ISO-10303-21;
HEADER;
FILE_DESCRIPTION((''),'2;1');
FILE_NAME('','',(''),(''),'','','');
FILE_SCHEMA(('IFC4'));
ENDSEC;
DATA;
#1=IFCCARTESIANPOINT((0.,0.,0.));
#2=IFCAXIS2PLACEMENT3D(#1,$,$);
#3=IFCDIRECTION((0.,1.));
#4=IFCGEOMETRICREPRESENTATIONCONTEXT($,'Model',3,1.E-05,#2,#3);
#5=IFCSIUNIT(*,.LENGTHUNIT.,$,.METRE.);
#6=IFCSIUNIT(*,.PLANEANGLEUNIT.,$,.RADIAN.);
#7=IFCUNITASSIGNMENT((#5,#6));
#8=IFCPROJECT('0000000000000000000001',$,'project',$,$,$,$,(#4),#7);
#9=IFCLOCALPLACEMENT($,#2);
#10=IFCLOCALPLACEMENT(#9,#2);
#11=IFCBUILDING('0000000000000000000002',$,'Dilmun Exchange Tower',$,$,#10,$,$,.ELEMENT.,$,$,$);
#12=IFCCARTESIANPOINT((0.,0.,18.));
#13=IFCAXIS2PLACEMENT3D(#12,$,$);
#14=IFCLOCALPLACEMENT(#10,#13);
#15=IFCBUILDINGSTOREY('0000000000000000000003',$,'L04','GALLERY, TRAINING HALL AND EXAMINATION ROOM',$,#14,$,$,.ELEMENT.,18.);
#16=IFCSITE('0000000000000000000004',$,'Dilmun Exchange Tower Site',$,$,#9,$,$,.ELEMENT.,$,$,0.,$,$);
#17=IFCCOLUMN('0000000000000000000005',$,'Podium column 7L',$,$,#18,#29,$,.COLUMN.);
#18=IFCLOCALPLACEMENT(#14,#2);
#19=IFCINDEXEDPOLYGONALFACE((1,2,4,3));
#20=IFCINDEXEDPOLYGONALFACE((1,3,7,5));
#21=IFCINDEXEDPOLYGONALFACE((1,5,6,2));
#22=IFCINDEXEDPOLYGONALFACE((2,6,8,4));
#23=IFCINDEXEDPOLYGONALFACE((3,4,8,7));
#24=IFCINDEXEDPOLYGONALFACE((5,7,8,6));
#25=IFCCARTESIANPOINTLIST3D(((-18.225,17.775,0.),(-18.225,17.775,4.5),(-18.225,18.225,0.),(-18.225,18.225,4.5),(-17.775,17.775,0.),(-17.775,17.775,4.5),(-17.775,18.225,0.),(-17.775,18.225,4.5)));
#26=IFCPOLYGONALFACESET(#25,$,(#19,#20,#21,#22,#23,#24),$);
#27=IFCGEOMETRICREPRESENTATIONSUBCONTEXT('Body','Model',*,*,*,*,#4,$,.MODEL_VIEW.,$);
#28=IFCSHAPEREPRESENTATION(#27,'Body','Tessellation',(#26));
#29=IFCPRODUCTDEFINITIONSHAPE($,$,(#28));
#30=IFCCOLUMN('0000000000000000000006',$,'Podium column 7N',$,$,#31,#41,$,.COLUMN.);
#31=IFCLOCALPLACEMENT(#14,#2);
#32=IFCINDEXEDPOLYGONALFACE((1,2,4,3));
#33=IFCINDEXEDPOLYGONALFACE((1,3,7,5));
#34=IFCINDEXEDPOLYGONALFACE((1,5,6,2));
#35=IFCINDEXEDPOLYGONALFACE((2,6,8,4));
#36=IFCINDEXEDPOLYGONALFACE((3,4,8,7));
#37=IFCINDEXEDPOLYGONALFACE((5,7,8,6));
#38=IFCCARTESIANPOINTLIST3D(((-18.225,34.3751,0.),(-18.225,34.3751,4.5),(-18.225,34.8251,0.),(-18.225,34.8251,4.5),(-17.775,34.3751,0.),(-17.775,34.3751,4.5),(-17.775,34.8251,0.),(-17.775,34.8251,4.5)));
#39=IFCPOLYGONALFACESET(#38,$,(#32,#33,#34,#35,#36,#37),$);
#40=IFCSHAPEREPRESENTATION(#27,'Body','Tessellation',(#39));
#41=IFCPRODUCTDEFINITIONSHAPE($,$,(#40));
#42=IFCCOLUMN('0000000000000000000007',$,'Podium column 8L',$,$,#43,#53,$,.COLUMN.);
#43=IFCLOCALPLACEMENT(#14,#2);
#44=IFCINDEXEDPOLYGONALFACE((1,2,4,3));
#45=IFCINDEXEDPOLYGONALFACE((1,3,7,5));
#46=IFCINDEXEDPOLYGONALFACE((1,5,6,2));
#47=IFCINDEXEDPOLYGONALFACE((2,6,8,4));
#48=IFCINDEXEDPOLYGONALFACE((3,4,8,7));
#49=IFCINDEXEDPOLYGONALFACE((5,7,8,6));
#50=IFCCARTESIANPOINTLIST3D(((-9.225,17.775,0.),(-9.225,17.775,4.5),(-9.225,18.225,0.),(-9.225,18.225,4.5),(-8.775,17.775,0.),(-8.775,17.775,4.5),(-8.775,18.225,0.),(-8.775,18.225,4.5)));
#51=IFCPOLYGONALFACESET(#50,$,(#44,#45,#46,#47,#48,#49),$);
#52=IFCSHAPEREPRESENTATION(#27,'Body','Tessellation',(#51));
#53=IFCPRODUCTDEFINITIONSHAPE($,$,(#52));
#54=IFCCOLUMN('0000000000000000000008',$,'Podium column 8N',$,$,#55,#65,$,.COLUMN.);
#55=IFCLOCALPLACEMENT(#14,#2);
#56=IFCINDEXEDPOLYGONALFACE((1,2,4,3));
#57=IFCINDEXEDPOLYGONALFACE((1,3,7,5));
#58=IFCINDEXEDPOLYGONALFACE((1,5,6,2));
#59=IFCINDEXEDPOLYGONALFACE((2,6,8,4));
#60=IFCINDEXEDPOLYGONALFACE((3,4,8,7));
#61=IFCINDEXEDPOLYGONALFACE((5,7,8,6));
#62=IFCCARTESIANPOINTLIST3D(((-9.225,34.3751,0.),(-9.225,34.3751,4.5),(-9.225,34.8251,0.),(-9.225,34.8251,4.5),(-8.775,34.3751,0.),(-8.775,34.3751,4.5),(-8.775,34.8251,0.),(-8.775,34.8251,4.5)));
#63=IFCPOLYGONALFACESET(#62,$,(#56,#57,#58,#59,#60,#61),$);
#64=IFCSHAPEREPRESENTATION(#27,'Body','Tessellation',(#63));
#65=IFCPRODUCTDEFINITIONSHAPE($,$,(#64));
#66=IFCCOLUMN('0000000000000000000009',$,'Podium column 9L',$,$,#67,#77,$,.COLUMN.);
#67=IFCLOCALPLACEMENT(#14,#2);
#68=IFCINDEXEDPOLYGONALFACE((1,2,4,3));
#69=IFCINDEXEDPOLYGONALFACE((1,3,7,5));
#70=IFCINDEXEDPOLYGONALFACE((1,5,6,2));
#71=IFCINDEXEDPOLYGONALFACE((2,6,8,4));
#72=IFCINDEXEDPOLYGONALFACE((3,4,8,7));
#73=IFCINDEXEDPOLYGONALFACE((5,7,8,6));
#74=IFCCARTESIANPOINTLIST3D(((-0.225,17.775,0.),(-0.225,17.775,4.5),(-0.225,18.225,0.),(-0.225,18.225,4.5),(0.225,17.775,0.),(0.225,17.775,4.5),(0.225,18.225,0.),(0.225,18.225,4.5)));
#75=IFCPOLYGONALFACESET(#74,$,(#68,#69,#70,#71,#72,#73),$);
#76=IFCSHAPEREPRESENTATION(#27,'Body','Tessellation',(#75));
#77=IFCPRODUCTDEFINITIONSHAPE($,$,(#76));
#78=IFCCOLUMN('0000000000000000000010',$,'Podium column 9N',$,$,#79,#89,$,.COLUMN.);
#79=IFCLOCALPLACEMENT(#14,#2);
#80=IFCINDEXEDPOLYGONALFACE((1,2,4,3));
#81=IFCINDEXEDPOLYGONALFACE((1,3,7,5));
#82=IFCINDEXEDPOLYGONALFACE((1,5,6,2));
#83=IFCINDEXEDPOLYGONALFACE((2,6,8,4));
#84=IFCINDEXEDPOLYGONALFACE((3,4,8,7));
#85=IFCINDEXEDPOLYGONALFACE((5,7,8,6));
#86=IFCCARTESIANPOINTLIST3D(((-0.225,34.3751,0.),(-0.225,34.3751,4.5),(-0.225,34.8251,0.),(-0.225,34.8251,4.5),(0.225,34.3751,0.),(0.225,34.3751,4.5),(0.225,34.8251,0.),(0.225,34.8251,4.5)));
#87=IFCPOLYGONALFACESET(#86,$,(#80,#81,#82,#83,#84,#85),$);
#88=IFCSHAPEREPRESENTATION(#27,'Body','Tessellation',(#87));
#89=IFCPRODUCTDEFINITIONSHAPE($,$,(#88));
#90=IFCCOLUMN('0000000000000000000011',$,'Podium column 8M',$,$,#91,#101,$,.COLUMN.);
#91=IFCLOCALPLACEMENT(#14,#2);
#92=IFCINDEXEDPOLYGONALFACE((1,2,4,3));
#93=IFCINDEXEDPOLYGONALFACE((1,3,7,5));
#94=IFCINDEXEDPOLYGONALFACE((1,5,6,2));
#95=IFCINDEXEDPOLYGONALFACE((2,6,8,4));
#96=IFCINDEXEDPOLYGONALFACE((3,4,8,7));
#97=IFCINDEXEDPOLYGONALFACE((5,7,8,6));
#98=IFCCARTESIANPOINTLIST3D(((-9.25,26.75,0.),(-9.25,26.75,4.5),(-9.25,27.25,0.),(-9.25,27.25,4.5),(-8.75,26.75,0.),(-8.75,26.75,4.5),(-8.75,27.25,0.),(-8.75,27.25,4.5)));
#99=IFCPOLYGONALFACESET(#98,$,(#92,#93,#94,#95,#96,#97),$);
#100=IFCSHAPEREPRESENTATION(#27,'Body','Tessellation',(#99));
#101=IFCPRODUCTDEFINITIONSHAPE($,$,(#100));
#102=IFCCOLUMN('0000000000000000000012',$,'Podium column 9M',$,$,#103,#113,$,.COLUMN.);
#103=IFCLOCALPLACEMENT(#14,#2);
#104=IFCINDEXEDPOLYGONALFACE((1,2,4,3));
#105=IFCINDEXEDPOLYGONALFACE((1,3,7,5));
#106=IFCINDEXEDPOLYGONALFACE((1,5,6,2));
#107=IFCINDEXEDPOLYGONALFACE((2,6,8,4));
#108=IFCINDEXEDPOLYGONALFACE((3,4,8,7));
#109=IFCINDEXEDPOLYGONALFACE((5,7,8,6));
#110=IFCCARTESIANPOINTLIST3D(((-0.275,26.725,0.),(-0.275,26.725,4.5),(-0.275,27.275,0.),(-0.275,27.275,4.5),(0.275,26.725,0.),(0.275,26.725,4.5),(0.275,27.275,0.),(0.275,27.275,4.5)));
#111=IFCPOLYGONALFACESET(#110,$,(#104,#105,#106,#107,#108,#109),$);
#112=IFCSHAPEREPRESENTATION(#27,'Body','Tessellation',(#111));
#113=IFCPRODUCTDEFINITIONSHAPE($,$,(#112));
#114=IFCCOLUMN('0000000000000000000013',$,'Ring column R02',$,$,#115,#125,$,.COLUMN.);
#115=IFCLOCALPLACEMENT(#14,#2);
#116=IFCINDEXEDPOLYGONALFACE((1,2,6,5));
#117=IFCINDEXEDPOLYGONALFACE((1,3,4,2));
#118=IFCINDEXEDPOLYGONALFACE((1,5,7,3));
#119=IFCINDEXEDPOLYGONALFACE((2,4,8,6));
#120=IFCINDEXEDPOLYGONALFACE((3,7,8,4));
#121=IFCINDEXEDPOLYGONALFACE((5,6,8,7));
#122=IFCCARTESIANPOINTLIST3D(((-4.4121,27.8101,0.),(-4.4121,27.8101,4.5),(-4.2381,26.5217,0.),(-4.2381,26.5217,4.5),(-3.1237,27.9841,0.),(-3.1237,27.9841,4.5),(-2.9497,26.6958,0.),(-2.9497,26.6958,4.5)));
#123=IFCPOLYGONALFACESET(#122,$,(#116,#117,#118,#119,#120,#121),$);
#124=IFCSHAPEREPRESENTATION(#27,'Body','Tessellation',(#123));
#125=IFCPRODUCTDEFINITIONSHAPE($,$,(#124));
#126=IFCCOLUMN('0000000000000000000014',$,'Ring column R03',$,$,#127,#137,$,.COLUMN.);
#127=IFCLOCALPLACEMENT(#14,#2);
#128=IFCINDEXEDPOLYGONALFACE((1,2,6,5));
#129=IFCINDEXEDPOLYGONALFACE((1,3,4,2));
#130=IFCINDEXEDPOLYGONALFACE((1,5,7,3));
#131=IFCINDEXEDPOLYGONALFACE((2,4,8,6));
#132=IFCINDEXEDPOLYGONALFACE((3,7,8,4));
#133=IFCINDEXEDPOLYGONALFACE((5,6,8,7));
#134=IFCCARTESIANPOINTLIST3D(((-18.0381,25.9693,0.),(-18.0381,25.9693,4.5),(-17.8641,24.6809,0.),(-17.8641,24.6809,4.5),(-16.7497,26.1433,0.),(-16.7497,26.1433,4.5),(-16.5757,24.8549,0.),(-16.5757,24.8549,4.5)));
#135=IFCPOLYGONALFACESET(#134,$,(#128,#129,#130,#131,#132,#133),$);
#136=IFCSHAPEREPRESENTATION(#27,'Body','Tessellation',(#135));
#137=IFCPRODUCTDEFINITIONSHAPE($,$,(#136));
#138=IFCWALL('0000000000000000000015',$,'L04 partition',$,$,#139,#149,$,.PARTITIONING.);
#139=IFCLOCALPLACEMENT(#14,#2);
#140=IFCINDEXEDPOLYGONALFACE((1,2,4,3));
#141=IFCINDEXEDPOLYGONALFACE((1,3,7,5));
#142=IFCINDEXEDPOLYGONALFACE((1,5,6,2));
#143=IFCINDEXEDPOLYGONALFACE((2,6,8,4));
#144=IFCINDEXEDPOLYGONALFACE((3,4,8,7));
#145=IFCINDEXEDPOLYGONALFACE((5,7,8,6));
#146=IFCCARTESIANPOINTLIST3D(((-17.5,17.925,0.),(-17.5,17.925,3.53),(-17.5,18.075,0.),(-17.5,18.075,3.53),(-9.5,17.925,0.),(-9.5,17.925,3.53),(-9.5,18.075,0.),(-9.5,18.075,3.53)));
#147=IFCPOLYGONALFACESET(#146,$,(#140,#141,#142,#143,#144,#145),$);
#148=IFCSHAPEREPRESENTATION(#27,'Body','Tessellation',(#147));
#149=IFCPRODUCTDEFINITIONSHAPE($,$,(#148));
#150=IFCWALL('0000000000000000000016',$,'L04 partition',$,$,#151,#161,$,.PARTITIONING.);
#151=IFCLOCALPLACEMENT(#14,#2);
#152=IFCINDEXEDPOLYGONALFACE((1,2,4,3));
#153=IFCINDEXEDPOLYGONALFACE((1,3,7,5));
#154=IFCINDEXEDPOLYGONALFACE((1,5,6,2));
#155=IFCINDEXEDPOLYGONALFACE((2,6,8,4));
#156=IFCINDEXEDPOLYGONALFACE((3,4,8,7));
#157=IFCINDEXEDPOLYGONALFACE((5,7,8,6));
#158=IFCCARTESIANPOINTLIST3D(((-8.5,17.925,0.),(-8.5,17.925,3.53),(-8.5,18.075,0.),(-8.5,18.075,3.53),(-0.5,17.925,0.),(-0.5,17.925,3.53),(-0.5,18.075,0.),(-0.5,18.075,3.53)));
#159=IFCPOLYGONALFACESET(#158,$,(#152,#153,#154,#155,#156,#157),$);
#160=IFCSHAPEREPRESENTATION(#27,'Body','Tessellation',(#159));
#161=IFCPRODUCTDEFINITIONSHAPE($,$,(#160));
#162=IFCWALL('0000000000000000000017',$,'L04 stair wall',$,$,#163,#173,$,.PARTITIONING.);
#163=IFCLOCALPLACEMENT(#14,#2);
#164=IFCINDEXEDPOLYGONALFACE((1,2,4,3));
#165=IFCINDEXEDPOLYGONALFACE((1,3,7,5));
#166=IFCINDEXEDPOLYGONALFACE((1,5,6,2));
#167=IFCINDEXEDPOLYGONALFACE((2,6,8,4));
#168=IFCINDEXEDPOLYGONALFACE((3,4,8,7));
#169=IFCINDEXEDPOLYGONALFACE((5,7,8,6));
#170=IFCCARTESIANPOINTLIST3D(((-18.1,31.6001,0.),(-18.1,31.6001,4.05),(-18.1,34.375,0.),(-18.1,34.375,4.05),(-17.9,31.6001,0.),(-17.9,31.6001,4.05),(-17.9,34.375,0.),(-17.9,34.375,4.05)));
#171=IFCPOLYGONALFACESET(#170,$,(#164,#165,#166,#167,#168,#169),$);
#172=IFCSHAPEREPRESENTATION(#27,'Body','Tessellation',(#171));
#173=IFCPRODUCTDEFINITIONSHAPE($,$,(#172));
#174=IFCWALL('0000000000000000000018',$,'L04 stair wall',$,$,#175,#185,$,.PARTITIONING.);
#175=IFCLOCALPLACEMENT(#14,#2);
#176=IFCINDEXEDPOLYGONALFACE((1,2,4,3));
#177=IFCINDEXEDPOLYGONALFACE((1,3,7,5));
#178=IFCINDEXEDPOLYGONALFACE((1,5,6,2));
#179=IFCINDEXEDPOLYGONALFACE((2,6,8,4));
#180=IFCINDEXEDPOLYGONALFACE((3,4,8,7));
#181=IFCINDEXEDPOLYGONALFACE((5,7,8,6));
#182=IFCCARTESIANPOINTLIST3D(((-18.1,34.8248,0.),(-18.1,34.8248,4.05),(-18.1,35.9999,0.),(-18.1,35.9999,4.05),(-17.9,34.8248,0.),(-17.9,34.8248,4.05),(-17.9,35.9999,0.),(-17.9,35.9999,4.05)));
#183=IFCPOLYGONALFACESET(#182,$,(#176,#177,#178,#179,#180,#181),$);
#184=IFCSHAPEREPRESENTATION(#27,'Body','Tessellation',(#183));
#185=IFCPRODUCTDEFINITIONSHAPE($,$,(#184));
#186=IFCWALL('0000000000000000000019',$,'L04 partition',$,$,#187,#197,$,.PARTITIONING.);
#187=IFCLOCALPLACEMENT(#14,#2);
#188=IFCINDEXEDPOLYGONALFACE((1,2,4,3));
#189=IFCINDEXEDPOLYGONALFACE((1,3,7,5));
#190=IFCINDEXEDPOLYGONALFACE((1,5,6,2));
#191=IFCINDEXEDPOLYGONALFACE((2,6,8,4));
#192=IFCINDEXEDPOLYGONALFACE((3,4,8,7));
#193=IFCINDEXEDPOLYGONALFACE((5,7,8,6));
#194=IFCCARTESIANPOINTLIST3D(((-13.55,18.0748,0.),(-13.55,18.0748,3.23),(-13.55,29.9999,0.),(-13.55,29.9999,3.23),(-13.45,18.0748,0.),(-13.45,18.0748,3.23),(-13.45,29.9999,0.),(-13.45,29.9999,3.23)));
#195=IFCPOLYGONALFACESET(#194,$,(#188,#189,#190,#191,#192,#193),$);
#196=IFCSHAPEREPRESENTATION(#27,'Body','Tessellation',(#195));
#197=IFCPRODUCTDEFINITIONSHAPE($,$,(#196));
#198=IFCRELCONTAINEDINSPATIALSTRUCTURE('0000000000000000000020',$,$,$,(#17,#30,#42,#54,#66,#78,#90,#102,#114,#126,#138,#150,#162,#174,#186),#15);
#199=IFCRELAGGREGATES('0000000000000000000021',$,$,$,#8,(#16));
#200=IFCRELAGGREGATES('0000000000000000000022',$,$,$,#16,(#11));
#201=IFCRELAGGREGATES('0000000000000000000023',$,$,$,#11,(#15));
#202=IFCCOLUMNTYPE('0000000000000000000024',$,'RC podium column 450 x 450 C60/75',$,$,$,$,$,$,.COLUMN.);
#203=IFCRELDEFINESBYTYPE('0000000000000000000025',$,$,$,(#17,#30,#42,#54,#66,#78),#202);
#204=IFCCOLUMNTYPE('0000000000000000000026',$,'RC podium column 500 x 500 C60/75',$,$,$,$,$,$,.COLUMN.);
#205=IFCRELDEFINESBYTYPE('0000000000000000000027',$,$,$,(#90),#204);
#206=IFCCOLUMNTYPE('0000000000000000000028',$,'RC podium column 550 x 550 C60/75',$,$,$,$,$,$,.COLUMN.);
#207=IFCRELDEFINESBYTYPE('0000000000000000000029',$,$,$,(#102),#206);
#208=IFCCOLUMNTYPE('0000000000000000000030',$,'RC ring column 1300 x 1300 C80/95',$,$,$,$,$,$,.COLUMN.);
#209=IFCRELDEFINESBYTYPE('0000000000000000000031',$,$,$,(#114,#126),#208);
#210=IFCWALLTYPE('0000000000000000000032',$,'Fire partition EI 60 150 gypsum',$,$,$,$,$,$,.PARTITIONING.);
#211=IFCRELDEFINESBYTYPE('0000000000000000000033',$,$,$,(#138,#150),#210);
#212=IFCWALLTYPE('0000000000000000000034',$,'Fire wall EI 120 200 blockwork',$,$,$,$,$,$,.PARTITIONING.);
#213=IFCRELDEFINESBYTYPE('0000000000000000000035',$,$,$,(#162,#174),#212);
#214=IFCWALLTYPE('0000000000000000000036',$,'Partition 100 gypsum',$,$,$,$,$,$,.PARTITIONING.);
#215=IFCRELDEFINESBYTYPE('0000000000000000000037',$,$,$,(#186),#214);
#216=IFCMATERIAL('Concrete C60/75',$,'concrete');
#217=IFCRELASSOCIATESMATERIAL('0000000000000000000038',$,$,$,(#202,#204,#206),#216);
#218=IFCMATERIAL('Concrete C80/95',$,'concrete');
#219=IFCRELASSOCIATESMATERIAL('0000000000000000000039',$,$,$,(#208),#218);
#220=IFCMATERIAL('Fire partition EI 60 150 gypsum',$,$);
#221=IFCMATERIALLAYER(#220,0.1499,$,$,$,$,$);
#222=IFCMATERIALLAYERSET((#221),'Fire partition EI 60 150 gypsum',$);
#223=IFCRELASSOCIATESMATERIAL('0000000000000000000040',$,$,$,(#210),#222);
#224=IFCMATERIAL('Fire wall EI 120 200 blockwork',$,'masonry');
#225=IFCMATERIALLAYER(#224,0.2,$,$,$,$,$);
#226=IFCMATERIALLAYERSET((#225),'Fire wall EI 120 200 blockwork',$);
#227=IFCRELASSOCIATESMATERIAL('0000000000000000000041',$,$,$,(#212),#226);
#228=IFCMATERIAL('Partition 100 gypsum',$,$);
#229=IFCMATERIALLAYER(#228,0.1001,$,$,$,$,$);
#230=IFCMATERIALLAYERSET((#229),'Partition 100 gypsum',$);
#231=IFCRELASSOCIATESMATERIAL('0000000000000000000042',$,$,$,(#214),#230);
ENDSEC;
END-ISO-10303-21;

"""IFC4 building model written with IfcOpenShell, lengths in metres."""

from ifc_helpers import new_model, si_unit, direction, frame, frame_2d, origin, origin_2d, place, context, subcontext, project, spatial, rectangle, extrude, material, layer, layer_set, material_profile, profile_set, type_object, element, save


model = new_model("IFC4")

# Units and contexts
model_context = context("Model", 3, precision=1e-05, world=origin(), true_north=direction((0.0, 1.0)))
body_context = subcontext(model_context, "Body", "Model", "MODEL_VIEW")
ifc_project = project(units=[si_unit("LENGTHUNIT", "METRE"), si_unit("PLANEANGLEUNIT", "RADIAN")], contexts=[model_context])

# Site, building, storey
site_placement = place(None, origin())
site = spatial("IfcSite", under=ifc_project, at=site_placement, Name="Dilmun Exchange Tower Site", CompositionType="ELEMENT", RefElevation=0.0)
building_placement = place(site_placement, origin())
building = spatial("IfcBuilding", under=site, at=building_placement, Name="Dilmun Exchange Tower", CompositionType="ELEMENT")
storey_placement = place(building_placement, frame((0.0, 0.0, 18.0)))
storey = spatial("IfcBuildingStorey", under=building, at=storey_placement, Name="L04", Description="GALLERY, TRAINING HALL AND EXAMINATION ROOM", CompositionType="ELEMENT", Elevation=18.0)

# Columns
ifc_material_1 = material(Name="Concrete C60/75", Category="concrete")
ifc_material_profile_1 = material_profile(ifc_material_1, rectangle(XDim=0.45, YDim=0.45, at=origin_2d()), Name="450 x 450")
ifc_profile_set_1 = profile_set([ifc_material_profile_1], Name="Concrete C60/75")
column_type_1 = type_object("IfcColumnType", Name="RC podium column 450 x 450 C60/75", PredefinedType="COLUMN", material=ifc_profile_set_1)
for number, where, z_axis, x_axis, name in (
    (1, (-18.0, 18.0, 0.0), (0.0, 0.0, 1.0), (1.0, 0.0, 0.0), "Podium column 7L"),
    (2, (-18.0, 34.6001, 0.0), (0.0, 0.0, 1.0), (1.0, 0.0, 0.0), "Podium column 7N"),
    (3, (-9.0, 18.0, 0.0), (0.0, 0.0, 1.0), (1.0, 0.0, 0.0), "Podium column 8L"),
    (4, (-9.0, 34.6001, 0.0), (0.0, 0.0, 1.0), (1.0, 0.0, 0.0), "Podium column 8N"),
    (5, (0.0, 18.0, 0.0), (0.0, 0.0, 1.0), (1.0, 0.0, 0.0), "Podium column 9L"),
    (6, (0.0, 34.6001, 0.0), (0.0, 0.0, 1.0), (1.0, 0.0, 0.0), "Podium column 9N"),
):
    element("IfcColumn", number, at=place(storey_placement, frame(where, z_axis=z_axis, x_axis=x_axis)), inside=storey, type_object=column_type_1, Name=name, PredefinedType="COLUMN", context=body_context, shape_type="SweptSolid", body=[
        extrude(rectangle(XDim=0.45, YDim=0.45, at=origin_2d()), origin(), (0.0, 0.0, 1.0), 4.5),
    ])
ifc_material_profile_2 = material_profile(ifc_material_1, rectangle(XDim=0.5, YDim=0.5, at=origin_2d()), Name="500 x 500")
ifc_profile_set_2 = profile_set([ifc_material_profile_2], Name="Concrete C60/75")
column_type_2 = type_object("IfcColumnType", Name="RC podium column 500 x 500 C60/75", PredefinedType="COLUMN", material=ifc_profile_set_2)
column_1_placement = place(storey_placement, frame((-9.0, 27.0, 0.0), z_axis=(0.0, 0.0, 1.0), x_axis=(1.0, 0.0, 0.0)))
element("IfcColumn", 7, at=column_1_placement, inside=storey, type_object=column_type_2, Name="Podium column 8M", PredefinedType="COLUMN", context=body_context, shape_type="SweptSolid", body=[
    extrude(rectangle(XDim=0.5, YDim=0.5, at=origin_2d()), origin(), (0.0, 0.0, 1.0), 4.5),
])
ifc_material_profile_3 = material_profile(ifc_material_1, rectangle(XDim=0.55, YDim=0.55, at=origin_2d()), Name="550 x 550")
ifc_profile_set_3 = profile_set([ifc_material_profile_3], Name="Concrete C60/75")
column_type_3 = type_object("IfcColumnType", Name="RC podium column 550 x 550 C60/75", PredefinedType="COLUMN", material=ifc_profile_set_3)
column_2_placement = place(storey_placement, frame((0.0, 27.0, 0.0), z_axis=(0.0, 0.0, 1.0), x_axis=(1.0, 0.0, 0.0)))
element("IfcColumn", 8, at=column_2_placement, inside=storey, type_object=column_type_3, Name="Podium column 9M", PredefinedType="COLUMN", context=body_context, shape_type="SweptSolid", body=[
    extrude(rectangle(XDim=0.55, YDim=0.55, at=origin_2d()), origin(), (0.0, 0.0, 1.0), 4.5),
])
ifc_material_2 = material(Name="Concrete C80/95", Category="concrete")
ifc_material_profile_4 = material_profile(ifc_material_2, rectangle(XDim=1.3, YDim=1.3, at=origin_2d()), Name="1300 x 1300")
ifc_profile_set_4 = profile_set([ifc_material_profile_4], Name="Concrete C80/95")
column_type_4 = type_object("IfcColumnType", Name="RC ring column 1300 x 1300 C80/95", PredefinedType="COLUMN", material=ifc_profile_set_4)
for number, where, z_axis, x_axis, name in (
    (9, (-3.6809, 27.2529, 0.0), (0.0, 0.0, 1.0), (0.991001, 0.133853, 0.0), "Ring column R02"),
    (10, (-17.3069, 25.4121, 0.0), (0.0, 0.0, 1.0), (0.991001, 0.133853, 0.0), "Ring column R03"),
):
    element("IfcColumn", number, at=place(storey_placement, frame(where, z_axis=z_axis, x_axis=x_axis)), inside=storey, type_object=column_type_4, Name=name, PredefinedType="COLUMN", context=body_context, shape_type="SweptSolid", body=[
        extrude(rectangle(XDim=1.3, YDim=1.3, at=origin_2d()), origin(), (0.0, 0.0, 1.0), 4.5),
    ])

# Walls
ifc_material_3 = material(Name="Fire partition EI 60 150 gypsum")
ifc_layer_1 = layer(ifc_material_3, 0.1499)
ifc_layer_set_1 = layer_set([ifc_layer_1], Name="Fire partition EI 60 150 gypsum")
wall_type_1 = type_object("IfcWallType", Name="Fire partition EI 60 150 gypsum", PredefinedType="PARTITIONING", material=ifc_layer_set_1)
for number, where, z_axis, x_axis, name in (
    (11, (-17.5, 18.0, 0.0), (0.0, 0.0, 1.0), (1.0, 0.0, 0.0), "L04 partition"),
    (12, (-8.5, 18.0, 0.0), (0.0, 0.0, 1.0), (1.0, 0.0, 0.0), "L04 partition"),
):
    element("IfcWall", number, at=place(storey_placement, frame(where, z_axis=z_axis, x_axis=x_axis)), inside=storey, type_object=wall_type_1, Name=name, PredefinedType="PARTITIONING", context=body_context, shape_type="SweptSolid", body=[
        extrude(rectangle(XDim=8.0, YDim=0.1499, at=frame_2d((4.0, 0.0))), origin(), (0.0, 0.0, 1.0), 3.53),
    ])
ifc_material_4 = material(Name="Fire wall EI 120 200 blockwork", Category="masonry")
ifc_layer_2 = layer(ifc_material_4, 0.2)
ifc_layer_set_2 = layer_set([ifc_layer_2], Name="Fire wall EI 120 200 blockwork")
wall_type_2 = type_object("IfcWallType", Name="Fire wall EI 120 200 blockwork", PredefinedType="PARTITIONING", material=ifc_layer_set_2)
wall_1_placement = place(storey_placement, frame((-18.0, 31.6001, 0.0), z_axis=(0.0, 0.0, 1.0), x_axis=(0.0, 1.0, 0.0)))
element("IfcWall", 13, at=wall_1_placement, inside=storey, type_object=wall_type_2, Name="L04 stair wall", PredefinedType="PARTITIONING", context=body_context, shape_type="SweptSolid", body=[
    extrude(rectangle(XDim=2.7749, YDim=0.2, at=frame_2d((1.3875, 0.0))), origin(), (0.0, 0.0, 1.0), 4.05),
])
wall_2_placement = place(storey_placement, frame((-18.0, 34.825, 0.0), z_axis=(0.0, 0.0, 1.0), x_axis=(0.0, 1.0, 0.0)))
element("IfcWall", 14, at=wall_2_placement, inside=storey, type_object=wall_type_2, Name="L04 stair wall", PredefinedType="PARTITIONING", context=body_context, shape_type="SweptSolid", body=[
    extrude(rectangle(XDim=1.175, YDim=0.2, at=frame_2d((0.5874, 0.0))), origin(), (0.0, 0.0, 1.0), 4.05),
])
ifc_material_5 = material(Name="Partition 100 gypsum")
ifc_layer_3 = layer(ifc_material_5, 0.1001)
ifc_layer_set_3 = layer_set([ifc_layer_3], Name="Partition 100 gypsum")
wall_type_3 = type_object("IfcWallType", Name="Partition 100 gypsum", PredefinedType="PARTITIONING", material=ifc_layer_set_3)
wall_3_placement = place(storey_placement, frame((-13.5, 18.075, 0.0), z_axis=(0.0, 0.0, 1.0), x_axis=(0.0, 1.0, 0.0)))
element("IfcWall", 15, at=wall_3_placement, inside=storey, type_object=wall_type_3, Name="L04 partition", PredefinedType="PARTITIONING", context=body_context, shape_type="SweptSolid", body=[
    extrude(rectangle(XDim=11.925, YDim=0.1001, at=frame_2d((5.9624, 0.0))), origin(), (0.0, 0.0, 1.0), 3.23),
])

save(model, "model.ifc")
